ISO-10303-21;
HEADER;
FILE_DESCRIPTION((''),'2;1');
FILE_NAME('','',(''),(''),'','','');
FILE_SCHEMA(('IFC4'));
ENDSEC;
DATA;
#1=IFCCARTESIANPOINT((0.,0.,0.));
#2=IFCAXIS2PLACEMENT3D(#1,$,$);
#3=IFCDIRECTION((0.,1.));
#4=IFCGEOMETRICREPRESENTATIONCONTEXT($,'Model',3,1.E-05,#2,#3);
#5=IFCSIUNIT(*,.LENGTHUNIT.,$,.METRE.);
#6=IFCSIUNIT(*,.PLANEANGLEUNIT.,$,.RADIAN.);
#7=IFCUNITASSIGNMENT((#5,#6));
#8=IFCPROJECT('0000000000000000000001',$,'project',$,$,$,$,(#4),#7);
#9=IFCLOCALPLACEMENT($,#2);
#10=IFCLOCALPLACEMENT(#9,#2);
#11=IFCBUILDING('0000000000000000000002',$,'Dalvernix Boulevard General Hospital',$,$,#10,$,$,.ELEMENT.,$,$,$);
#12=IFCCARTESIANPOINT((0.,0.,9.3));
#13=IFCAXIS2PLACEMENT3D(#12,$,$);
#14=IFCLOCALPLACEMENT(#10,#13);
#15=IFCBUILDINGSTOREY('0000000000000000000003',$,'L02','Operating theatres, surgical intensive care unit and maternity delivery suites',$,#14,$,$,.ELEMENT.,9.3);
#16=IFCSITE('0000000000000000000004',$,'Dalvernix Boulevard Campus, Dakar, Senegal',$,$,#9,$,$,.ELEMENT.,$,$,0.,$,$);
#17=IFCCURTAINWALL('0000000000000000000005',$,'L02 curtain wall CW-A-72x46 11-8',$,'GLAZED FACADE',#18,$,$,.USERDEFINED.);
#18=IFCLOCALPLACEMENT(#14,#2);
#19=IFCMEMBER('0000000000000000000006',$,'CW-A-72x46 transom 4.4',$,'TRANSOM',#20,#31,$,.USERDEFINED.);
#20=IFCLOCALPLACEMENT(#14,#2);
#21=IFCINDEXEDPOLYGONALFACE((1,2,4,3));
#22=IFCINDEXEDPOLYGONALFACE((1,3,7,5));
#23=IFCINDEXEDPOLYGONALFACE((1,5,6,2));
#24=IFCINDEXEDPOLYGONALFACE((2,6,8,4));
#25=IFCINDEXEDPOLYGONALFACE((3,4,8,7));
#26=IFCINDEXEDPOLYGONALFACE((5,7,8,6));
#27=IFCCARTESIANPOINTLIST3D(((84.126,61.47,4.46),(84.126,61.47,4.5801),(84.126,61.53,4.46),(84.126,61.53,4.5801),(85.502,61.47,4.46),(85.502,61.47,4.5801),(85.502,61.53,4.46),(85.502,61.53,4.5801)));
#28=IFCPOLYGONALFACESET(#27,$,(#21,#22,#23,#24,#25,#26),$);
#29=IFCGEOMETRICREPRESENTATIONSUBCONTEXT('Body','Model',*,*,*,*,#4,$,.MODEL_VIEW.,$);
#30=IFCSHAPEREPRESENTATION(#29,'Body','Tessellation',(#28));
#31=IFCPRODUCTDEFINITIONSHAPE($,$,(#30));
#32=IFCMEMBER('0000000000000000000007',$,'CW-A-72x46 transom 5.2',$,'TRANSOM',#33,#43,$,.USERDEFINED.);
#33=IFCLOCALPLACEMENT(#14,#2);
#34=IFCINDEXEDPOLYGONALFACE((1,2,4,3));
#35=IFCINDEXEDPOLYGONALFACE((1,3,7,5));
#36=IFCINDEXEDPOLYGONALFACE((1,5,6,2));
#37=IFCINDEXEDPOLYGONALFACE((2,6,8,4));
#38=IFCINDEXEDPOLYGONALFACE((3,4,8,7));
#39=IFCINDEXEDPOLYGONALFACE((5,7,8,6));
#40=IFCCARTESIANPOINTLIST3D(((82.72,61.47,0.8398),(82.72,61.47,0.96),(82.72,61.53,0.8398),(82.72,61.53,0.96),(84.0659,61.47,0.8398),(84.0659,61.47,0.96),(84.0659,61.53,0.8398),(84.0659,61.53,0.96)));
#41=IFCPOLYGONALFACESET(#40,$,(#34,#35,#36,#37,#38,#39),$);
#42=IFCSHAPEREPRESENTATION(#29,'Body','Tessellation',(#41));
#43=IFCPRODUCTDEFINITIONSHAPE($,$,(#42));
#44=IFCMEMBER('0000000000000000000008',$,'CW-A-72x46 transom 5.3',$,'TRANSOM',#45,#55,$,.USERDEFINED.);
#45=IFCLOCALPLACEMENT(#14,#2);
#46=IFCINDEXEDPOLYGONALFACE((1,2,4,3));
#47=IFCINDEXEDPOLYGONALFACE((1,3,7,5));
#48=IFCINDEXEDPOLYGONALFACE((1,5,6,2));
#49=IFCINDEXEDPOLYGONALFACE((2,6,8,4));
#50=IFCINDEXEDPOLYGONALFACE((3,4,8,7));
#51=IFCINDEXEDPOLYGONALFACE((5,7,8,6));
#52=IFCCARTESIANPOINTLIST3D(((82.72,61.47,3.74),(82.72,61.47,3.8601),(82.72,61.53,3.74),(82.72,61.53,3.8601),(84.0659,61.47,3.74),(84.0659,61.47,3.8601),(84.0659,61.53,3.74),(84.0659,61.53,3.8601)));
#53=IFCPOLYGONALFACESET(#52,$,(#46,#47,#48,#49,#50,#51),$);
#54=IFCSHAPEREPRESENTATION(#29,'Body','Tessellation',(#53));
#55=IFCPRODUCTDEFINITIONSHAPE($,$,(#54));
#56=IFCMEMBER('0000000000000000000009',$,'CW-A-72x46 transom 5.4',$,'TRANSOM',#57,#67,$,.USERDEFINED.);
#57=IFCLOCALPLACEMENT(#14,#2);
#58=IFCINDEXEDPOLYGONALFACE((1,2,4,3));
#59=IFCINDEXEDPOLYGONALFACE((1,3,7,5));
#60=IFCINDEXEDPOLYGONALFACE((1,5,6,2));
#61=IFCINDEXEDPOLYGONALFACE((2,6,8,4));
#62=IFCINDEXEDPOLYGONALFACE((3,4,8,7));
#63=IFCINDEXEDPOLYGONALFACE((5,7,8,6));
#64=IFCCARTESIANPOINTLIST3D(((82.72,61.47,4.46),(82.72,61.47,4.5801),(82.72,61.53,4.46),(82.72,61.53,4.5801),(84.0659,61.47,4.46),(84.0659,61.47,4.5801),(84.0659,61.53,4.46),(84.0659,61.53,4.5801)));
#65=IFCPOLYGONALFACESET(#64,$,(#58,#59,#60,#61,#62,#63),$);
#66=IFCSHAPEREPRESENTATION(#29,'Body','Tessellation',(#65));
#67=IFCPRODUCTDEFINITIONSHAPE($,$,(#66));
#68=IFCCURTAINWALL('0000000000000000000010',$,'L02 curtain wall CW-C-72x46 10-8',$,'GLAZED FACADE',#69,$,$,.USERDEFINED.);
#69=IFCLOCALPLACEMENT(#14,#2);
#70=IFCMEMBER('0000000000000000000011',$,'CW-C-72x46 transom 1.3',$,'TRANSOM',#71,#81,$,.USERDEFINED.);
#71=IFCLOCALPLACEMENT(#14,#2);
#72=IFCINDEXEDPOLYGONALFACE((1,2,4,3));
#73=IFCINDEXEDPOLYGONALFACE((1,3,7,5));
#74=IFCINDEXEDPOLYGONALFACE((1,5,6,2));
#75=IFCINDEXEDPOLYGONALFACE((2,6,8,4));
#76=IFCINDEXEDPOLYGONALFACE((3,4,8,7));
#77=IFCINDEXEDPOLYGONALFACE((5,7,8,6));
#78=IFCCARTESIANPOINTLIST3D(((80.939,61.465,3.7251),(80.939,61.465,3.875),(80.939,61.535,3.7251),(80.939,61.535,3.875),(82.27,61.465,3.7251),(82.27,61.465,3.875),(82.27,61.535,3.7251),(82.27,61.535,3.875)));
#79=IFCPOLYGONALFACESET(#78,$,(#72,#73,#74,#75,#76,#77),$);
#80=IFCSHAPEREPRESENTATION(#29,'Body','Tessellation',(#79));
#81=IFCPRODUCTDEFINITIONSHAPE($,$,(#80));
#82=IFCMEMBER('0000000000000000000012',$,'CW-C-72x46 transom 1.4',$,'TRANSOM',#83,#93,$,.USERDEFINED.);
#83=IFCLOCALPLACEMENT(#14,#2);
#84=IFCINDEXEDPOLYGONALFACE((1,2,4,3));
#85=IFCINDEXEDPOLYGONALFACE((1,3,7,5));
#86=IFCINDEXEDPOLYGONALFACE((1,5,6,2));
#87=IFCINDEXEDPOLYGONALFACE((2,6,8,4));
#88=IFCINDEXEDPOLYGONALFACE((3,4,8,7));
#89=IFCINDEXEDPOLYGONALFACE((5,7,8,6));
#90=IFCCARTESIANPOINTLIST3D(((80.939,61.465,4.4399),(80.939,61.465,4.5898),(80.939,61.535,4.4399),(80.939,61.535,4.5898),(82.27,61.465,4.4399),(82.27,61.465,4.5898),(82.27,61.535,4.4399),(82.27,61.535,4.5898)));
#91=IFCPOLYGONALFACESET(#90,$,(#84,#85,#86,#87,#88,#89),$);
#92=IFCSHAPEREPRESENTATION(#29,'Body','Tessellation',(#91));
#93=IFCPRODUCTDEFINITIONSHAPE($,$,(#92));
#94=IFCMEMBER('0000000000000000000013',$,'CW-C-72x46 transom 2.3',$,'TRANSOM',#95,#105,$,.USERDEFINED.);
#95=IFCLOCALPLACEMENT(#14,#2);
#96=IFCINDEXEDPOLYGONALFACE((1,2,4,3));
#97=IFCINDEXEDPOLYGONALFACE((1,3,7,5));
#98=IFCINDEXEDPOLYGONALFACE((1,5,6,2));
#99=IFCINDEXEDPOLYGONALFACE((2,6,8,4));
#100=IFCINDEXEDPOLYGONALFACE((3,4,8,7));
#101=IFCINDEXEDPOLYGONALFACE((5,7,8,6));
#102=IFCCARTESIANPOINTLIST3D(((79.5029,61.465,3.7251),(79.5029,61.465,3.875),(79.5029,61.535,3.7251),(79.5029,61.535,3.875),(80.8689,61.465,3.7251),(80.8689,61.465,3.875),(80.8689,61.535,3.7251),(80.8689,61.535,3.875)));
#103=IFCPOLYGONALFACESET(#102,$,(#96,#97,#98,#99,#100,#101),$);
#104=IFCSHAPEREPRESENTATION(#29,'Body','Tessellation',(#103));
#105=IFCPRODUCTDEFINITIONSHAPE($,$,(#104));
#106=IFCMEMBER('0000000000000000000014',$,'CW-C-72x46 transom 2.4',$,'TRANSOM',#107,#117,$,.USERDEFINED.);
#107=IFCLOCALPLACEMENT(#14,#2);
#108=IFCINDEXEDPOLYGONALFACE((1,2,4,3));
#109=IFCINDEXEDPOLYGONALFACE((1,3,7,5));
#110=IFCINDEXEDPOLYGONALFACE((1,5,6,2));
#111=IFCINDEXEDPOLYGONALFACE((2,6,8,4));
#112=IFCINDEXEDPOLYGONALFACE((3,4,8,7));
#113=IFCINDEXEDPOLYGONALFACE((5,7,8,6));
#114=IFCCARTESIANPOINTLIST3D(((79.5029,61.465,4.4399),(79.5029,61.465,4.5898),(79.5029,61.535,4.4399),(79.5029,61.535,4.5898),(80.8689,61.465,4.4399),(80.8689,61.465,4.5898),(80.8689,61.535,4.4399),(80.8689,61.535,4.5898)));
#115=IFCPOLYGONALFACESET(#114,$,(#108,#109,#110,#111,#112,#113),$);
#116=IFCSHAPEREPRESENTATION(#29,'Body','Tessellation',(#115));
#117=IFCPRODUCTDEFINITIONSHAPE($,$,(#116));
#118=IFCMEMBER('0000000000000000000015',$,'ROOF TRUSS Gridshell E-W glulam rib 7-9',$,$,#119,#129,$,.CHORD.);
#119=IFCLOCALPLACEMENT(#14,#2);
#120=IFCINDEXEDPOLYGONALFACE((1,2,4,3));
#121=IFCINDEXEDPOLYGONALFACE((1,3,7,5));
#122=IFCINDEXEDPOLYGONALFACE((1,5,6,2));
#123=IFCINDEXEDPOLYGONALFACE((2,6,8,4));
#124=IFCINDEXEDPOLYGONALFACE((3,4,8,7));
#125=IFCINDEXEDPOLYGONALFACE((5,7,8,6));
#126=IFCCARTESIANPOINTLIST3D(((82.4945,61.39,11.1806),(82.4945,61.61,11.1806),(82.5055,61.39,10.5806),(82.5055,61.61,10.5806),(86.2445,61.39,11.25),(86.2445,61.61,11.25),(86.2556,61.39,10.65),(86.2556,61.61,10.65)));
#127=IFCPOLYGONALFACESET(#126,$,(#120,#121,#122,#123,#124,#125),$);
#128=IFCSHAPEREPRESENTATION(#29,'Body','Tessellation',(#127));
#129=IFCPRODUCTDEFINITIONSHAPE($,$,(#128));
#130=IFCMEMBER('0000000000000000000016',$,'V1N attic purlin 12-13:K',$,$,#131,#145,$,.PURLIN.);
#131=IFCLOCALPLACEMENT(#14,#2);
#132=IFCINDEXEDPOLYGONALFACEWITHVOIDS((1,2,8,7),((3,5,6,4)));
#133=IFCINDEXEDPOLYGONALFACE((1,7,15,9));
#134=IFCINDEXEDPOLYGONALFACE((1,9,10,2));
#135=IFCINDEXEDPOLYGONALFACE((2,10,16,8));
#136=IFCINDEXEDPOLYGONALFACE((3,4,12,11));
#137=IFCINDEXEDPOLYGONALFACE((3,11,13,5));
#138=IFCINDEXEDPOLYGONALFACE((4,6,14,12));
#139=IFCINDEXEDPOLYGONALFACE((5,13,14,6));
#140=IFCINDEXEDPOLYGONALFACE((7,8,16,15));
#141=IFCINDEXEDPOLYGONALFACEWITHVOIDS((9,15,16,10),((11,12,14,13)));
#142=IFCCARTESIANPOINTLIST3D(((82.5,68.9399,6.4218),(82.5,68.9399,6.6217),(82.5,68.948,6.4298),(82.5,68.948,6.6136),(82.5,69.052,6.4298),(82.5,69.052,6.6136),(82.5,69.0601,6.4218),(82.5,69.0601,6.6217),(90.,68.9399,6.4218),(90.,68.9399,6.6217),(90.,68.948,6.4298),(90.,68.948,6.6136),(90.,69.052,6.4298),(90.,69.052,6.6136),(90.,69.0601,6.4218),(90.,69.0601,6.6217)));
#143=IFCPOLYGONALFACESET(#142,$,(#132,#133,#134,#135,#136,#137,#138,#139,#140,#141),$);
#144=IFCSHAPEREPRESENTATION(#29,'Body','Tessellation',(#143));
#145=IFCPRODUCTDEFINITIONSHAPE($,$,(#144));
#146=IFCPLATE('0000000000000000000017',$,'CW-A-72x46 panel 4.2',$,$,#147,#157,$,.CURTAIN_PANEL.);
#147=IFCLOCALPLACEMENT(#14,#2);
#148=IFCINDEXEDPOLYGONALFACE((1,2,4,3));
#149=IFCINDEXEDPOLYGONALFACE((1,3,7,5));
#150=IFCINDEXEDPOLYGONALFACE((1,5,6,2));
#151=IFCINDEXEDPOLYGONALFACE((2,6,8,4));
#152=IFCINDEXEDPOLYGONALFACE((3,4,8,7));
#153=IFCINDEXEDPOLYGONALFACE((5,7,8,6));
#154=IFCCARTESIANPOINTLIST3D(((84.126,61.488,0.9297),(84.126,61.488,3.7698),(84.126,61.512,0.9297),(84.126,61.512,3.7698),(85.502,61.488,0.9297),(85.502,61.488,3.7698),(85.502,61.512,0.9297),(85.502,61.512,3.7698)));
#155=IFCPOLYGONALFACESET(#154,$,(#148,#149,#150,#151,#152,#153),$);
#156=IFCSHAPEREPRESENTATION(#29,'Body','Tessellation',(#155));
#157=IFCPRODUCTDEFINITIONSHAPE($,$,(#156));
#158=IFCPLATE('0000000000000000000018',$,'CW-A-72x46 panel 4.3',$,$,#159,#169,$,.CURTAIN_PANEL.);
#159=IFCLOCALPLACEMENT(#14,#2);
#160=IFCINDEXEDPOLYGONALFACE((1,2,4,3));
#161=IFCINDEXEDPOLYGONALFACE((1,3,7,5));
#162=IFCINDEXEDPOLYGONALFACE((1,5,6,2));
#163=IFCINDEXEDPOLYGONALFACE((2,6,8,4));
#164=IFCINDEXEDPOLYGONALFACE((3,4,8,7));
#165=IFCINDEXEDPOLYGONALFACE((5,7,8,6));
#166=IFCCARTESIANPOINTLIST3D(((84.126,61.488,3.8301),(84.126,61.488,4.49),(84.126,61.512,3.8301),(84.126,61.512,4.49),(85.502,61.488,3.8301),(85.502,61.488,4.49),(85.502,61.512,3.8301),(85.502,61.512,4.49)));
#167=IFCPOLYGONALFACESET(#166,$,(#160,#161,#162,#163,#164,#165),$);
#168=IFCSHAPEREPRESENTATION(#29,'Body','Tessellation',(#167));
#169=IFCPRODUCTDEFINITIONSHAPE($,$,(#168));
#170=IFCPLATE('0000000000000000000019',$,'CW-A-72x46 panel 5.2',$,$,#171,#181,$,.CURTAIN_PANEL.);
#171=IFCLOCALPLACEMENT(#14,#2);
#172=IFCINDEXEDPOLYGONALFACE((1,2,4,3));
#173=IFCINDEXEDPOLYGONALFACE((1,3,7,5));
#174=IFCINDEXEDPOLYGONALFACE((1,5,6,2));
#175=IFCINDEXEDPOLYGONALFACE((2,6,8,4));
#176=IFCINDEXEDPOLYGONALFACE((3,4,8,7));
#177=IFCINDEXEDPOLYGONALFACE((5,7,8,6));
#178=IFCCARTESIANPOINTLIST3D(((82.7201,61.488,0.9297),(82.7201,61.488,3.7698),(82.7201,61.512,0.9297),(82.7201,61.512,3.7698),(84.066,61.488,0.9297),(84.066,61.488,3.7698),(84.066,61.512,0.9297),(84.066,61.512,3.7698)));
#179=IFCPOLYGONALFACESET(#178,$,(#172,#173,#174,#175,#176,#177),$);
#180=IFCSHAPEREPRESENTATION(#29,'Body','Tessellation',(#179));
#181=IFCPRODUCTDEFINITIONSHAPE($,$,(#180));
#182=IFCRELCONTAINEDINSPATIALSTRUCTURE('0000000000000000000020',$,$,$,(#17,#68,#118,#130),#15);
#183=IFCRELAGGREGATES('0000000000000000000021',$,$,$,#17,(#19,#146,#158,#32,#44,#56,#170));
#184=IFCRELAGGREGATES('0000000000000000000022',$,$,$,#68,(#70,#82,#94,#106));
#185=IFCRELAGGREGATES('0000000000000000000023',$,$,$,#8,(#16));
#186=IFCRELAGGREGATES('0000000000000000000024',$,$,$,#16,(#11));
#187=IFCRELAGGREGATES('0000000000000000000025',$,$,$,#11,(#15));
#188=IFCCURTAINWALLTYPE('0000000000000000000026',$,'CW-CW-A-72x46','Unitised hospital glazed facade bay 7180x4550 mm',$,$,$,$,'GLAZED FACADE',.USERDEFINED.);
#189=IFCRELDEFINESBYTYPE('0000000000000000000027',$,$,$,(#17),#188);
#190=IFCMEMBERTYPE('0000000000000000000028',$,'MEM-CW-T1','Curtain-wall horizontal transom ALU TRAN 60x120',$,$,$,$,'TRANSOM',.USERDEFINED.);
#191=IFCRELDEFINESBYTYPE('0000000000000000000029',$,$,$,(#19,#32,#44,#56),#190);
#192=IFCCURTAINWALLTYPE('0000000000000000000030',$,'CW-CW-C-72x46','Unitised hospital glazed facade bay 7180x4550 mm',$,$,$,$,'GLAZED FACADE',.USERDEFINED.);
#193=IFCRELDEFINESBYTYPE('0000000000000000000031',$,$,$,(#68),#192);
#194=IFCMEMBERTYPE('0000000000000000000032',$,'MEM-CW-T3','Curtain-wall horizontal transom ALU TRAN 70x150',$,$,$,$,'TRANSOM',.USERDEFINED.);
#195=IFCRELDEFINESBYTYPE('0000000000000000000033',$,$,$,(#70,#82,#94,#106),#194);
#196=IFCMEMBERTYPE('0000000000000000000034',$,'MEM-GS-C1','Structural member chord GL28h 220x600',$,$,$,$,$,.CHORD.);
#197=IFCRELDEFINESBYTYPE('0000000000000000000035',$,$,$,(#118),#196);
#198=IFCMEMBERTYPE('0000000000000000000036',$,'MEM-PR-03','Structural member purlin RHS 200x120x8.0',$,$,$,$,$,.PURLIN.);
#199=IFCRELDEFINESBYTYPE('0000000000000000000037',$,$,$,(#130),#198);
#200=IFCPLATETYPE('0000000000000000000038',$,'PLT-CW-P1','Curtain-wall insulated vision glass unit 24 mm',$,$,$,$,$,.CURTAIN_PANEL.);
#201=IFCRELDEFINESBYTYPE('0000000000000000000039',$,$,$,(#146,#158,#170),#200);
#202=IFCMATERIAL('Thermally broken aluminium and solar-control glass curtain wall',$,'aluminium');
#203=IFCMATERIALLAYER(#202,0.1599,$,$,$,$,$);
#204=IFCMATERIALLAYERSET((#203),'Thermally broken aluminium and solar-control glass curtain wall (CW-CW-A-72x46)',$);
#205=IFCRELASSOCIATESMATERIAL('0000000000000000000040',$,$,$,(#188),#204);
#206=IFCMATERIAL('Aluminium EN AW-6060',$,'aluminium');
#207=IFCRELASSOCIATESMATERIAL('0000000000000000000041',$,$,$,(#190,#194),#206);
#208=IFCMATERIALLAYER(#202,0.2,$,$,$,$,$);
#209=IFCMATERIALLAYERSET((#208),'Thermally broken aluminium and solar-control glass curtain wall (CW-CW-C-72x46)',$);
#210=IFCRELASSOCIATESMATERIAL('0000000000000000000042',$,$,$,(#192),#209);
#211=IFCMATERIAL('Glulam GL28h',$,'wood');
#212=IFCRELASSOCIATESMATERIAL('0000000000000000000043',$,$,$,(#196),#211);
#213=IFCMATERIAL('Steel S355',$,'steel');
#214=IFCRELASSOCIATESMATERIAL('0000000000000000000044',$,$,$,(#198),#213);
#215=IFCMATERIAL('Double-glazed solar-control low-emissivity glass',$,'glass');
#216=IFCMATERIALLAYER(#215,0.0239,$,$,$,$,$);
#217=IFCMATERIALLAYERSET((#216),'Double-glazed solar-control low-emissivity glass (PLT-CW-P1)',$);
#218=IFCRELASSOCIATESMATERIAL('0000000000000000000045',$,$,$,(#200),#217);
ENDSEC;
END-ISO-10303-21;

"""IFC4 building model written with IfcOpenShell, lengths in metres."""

from ifc_helpers import new_model, si_unit, direction, frame, origin, origin_2d, place, context, subcontext, project, spatial, rectangle, hollow_rectangle, extrude, material, layer, layer_set, material_profile, profile_set, type_object, element, aggregate, save


model = new_model("IFC4")

# Units and contexts
model_context = context("Model", 3, precision=1e-05, world=origin(), true_north=direction((0.0, 1.0)))
body_context = subcontext(model_context, "Body", "Model", "MODEL_VIEW")
ifc_project = project(units=[si_unit("LENGTHUNIT", "METRE"), si_unit("PLANEANGLEUNIT", "RADIAN")], contexts=[model_context])

# Site, building, storey
site_placement = place(None, origin())
site = spatial("IfcSite", under=ifc_project, at=site_placement, Name="Dalvernix Boulevard Campus, Dakar, Senegal", CompositionType="ELEMENT", RefElevation=0.0)
building_placement = place(site_placement, origin())
building = spatial("IfcBuilding", under=site, at=building_placement, Name="Dalvernix Boulevard General Hospital", CompositionType="ELEMENT")
storey_placement = place(building_placement, frame((0.0, 0.0, 9.3)))
storey = spatial("IfcBuildingStorey", under=building, at=storey_placement, Name="L02", Description="Operating theatres, surgical intensive care unit and maternity delivery suites", CompositionType="ELEMENT", Elevation=9.3)

# Shared definitions
ifc_material_1 = material(Name="Steel S355", Category="steel")

# Curtain walls, members
ifc_material_2 = material(Name="Thermally broken aluminium and solar-control glass curtain wall", Category="aluminium")
ifc_layer_1 = layer(ifc_material_2, 0.1599)
ifc_layer_set_1 = layer_set([ifc_layer_1], Name="Thermally broken aluminium and solar-control glass curtain wall (CW-CW-A-72x46)")
curtain_wall_type_1 = type_object("IfcCurtainWallType", Name="CW-CW-A-72x46", Description="Unitised hospital glazed facade bay 7180x4550 mm", ElementType="GLAZED FACADE", PredefinedType="USERDEFINED", material=ifc_layer_set_1)
curtain_wall_1_placement = place(storey_placement, origin())
curtain_wall_1 = element("IfcCurtainWall", 1, at=curtain_wall_1_placement, inside=storey, type_object=curtain_wall_type_1, Name="L02 curtain wall CW-A-72x46 11-8", ObjectType="GLAZED FACADE", PredefinedType="USERDEFINED")
ifc_material_3 = material(Name="Aluminium EN AW-6060", Category="aluminium")
ifc_material_profile_1 = material_profile(ifc_material_3, rectangle(XDim=0.0601, YDim=0.1201, at=origin_2d()), Name="ALU TRAN 60x120")
ifc_profile_set_1 = profile_set([ifc_material_profile_1], Name="Aluminium EN AW-6060")
member_type_1 = type_object("IfcMemberType", Name="MEM-CW-T1", Description="Curtain-wall horizontal transom ALU TRAN 60x120", ElementType="TRANSOM", PredefinedType="USERDEFINED", material=ifc_profile_set_1)
member_1_placement = place(storey_placement, frame((85.502, 61.5, 4.52), z_axis=(-1.0, 0.0, 0.0), x_axis=(0.0, -1.0, 0.0)))
member_1 = element("IfcMember", 2, at=member_1_placement, type_object=member_type_1, Name="CW-A-72x46 transom 4.4", ObjectType="TRANSOM", PredefinedType="USERDEFINED", context=body_context, shape_type="SweptSolid", body=[
    extrude(rectangle(XDim=0.0601, YDim=0.1201, at=origin_2d()), origin(), (0.0, 0.0, 1.0), 1.376),
])
member_2_placement = place(storey_placement, frame((84.0659, 61.5, 0.8999), z_axis=(-1.0, 0.0, 0.0), x_axis=(0.0, -1.0, 0.0)))
member_2 = element("IfcMember", 3, at=member_2_placement, type_object=member_type_1, Name="CW-A-72x46 transom 5.2", ObjectType="TRANSOM", PredefinedType="USERDEFINED", context=body_context, shape_type="SweptSolid", body=[
    extrude(rectangle(XDim=0.0601, YDim=0.1201, at=origin_2d()), origin(), (0.0, 0.0, 1.0), 1.3459),
])
member_3_placement = place(storey_placement, frame((84.0659, 61.5, 3.8), z_axis=(-1.0, 0.0, 0.0), x_axis=(0.0, -1.0, 0.0)))
member_3 = element("IfcMember", 4, at=member_3_placement, type_object=member_type_1, Name="CW-A-72x46 transom 5.3", ObjectType="TRANSOM", PredefinedType="USERDEFINED", context=body_context, shape_type="SweptSolid", body=[
    extrude(rectangle(XDim=0.0601, YDim=0.1201, at=origin_2d()), origin(), (0.0, 0.0, 1.0), 1.3459),
])
member_4_placement = place(storey_placement, frame((84.0659, 61.5, 4.52), z_axis=(-1.0, 0.0, 0.0), x_axis=(0.0, -1.0, 0.0)))
member_4 = element("IfcMember", 5, at=member_4_placement, type_object=member_type_1, Name="CW-A-72x46 transom 5.4", ObjectType="TRANSOM", PredefinedType="USERDEFINED", context=body_context, shape_type="SweptSolid", body=[
    extrude(rectangle(XDim=0.0601, YDim=0.1201, at=origin_2d()), origin(), (0.0, 0.0, 1.0), 1.3459),
])
ifc_layer_2 = layer(ifc_material_2, 0.2)
ifc_layer_set_2 = layer_set([ifc_layer_2], Name="Thermally broken aluminium and solar-control glass curtain wall (CW-CW-C-72x46)")
curtain_wall_type_2 = type_object("IfcCurtainWallType", Name="CW-CW-C-72x46", Description="Unitised hospital glazed facade bay 7180x4550 mm", ElementType="GLAZED FACADE", PredefinedType="USERDEFINED", material=ifc_layer_set_2)
curtain_wall_2_placement = place(storey_placement, origin())
curtain_wall_2 = element("IfcCurtainWall", 6, at=curtain_wall_2_placement, inside=storey, type_object=curtain_wall_type_2, Name="L02 curtain wall CW-C-72x46 10-8", ObjectType="GLAZED FACADE", PredefinedType="USERDEFINED")
ifc_material_profile_2 = material_profile(ifc_material_3, rectangle(XDim=0.0701, YDim=0.1499, at=origin_2d()), Name="ALU TRAN 70x150")
ifc_profile_set_2 = profile_set([ifc_material_profile_2], Name="Aluminium EN AW-6060")
member_type_2 = type_object("IfcMemberType", Name="MEM-CW-T3", Description="Curtain-wall horizontal transom ALU TRAN 70x150", ElementType="TRANSOM", PredefinedType="USERDEFINED", material=ifc_profile_set_2)
member_5_placement = place(storey_placement, frame((82.27, 61.5, 3.8), z_axis=(-1.0, 0.0, 0.0), x_axis=(0.0, -1.0, 0.0)))
member_5 = element("IfcMember", 7, at=member_5_placement, type_object=member_type_2, Name="CW-C-72x46 transom 1.3", ObjectType="TRANSOM", PredefinedType="USERDEFINED", context=body_context, shape_type="SweptSolid", body=[
    extrude(rectangle(XDim=0.0701, YDim=0.1499, at=origin_2d()), origin(), (0.0, 0.0, 1.0), 1.3311),
])
member_6_placement = place(storey_placement, frame((82.27, 61.5, 4.5149), z_axis=(-1.0, 0.0, 0.0), x_axis=(0.0, -1.0, 0.0)))
member_6 = element("IfcMember", 8, at=member_6_placement, type_object=member_type_2, Name="CW-C-72x46 transom 1.4", ObjectType="TRANSOM", PredefinedType="USERDEFINED", context=body_context, shape_type="SweptSolid", body=[
    extrude(rectangle(XDim=0.0701, YDim=0.1499, at=origin_2d()), origin(), (0.0, 0.0, 1.0), 1.3311),
])
member_7_placement = place(storey_placement, frame((80.8689, 61.5, 3.8), z_axis=(-1.0, 0.0, 0.0), x_axis=(0.0, -1.0, 0.0)))
member_7 = element("IfcMember", 9, at=member_7_placement, type_object=member_type_2, Name="CW-C-72x46 transom 2.3", ObjectType="TRANSOM", PredefinedType="USERDEFINED", context=body_context, shape_type="SweptSolid", body=[
    extrude(rectangle(XDim=0.0701, YDim=0.1499, at=origin_2d()), origin(), (0.0, 0.0, 1.0), 1.366),
])
member_8_placement = place(storey_placement, frame((80.8689, 61.5, 4.5149), z_axis=(-1.0, 0.0, 0.0), x_axis=(0.0, -1.0, 0.0)))
member_8 = element("IfcMember", 10, at=member_8_placement, type_object=member_type_2, Name="CW-C-72x46 transom 2.4", ObjectType="TRANSOM", PredefinedType="USERDEFINED", context=body_context, shape_type="SweptSolid", body=[
    extrude(rectangle(XDim=0.0701, YDim=0.1499, at=origin_2d()), origin(), (0.0, 0.0, 1.0), 1.366),
])

# Members
ifc_material_4 = material(Name="Glulam GL28h", Category="wood")
ifc_material_profile_3 = material_profile(ifc_material_4, rectangle(XDim=0.22, YDim=0.6001, at=origin_2d()), Name="GL28h 220x600")
ifc_profile_set_3 = profile_set([ifc_material_profile_3], Name="Glulam GL28h")
member_type_3 = type_object("IfcMemberType", Name="MEM-GS-C1", Description="Structural member chord GL28h 220x600", PredefinedType="CHORD", material=ifc_profile_set_3)
member_9_placement = place(storey_placement, frame((82.5, 61.5, 10.8806), z_axis=(0.999829, 0.0, 0.018486), x_axis=(0.0, 1.0, 0.0)))
element("IfcMember", 11, at=member_9_placement, inside=storey, type_object=member_type_3, Name="ROOF TRUSS Gridshell E-W glulam rib 7-9", PredefinedType="CHORD", context=body_context, shape_type="SweptSolid", body=[
    extrude(rectangle(XDim=0.22, YDim=0.6001, at=origin_2d()), origin(), (0.0, 0.0, 1.0), 3.7507),
])
ifc_material_profile_4 = material_profile(ifc_material_1, hollow_rectangle(XDim=0.1201, YDim=0.2, WallThickness=0.0081, at=origin_2d()), Name="RHS 200x120x8.0")
ifc_profile_set_4 = profile_set([ifc_material_profile_4], Name="Steel S355")
member_type_4 = type_object("IfcMemberType", Name="MEM-PR-03", Description="Structural member purlin RHS 200x120x8.0", PredefinedType="PURLIN", material=ifc_profile_set_4)
member_10_placement = place(storey_placement, frame((82.5, 69.0, 6.5217), z_axis=(1.0, 0.0, 0.0), x_axis=(0.0, 1.0, 0.0)))
element("IfcMember", 12, at=member_10_placement, inside=storey, type_object=member_type_4, Name="V1N attic purlin 12-13:K", PredefinedType="PURLIN", context=body_context, shape_type="SweptSolid", body=[
    extrude(hollow_rectangle(XDim=0.1201, YDim=0.2, WallThickness=0.0081, at=origin_2d()), origin(), (0.0, 0.0, 1.0), 7.5),
])

# Plates
ifc_material_5 = material(Name="Double-glazed solar-control low-emissivity glass", Category="glass")
ifc_layer_3 = layer(ifc_material_5, 0.0239)
ifc_layer_set_3 = layer_set([ifc_layer_3], Name="Double-glazed solar-control low-emissivity glass (PLT-CW-P1)")
plate_type_1 = type_object("IfcPlateType", Name="PLT-CW-P1", Description="Curtain-wall insulated vision glass unit 24 mm", PredefinedType="CURTAIN_PANEL", material=ifc_layer_set_3)
plate_1_placement = place(storey_placement, frame((84.814, 61.5, 0.9297), z_axis=(0.0, 0.0, 1.0), x_axis=(-1.0, 0.0, 0.0)))
plate_1 = element("IfcPlate", 13, at=plate_1_placement, type_object=plate_type_1, Name="CW-A-72x46 panel 4.2", PredefinedType="CURTAIN_PANEL", context=body_context, shape_type="SweptSolid", body=[
    extrude(rectangle(XDim=1.376, YDim=0.0239, at=origin_2d()), origin(), (0.0, 0.0, 1.0), 2.8401),
])
plate_2_placement = place(storey_placement, frame((84.814, 61.5, 3.8301), z_axis=(0.0, 0.0, 1.0), x_axis=(-1.0, 0.0, 0.0)))
plate_2 = element("IfcPlate", 14, at=plate_2_placement, type_object=plate_type_1, Name="CW-A-72x46 panel 4.3", PredefinedType="CURTAIN_PANEL", context=body_context, shape_type="SweptSolid", body=[
    extrude(rectangle(XDim=1.376, YDim=0.0239, at=origin_2d()), origin(), (0.0, 0.0, 1.0), 0.6599),
])
plate_3_placement = place(storey_placement, frame((83.3931, 61.5, 0.9297), z_axis=(0.0, 0.0, 1.0), x_axis=(-1.0, 0.0, 0.0)))
plate_3 = element("IfcPlate", 15, at=plate_3_placement, type_object=plate_type_1, Name="CW-A-72x46 panel 5.2", PredefinedType="CURTAIN_PANEL", context=body_context, shape_type="SweptSolid", body=[
    extrude(rectangle(XDim=1.3459, YDim=0.0239, at=origin_2d()), origin(), (0.0, 0.0, 1.0), 2.8401),
])
aggregate(curtain_wall_1, [member_1, plate_1, plate_2, member_2, member_3, member_4, plate_3])
aggregate(curtain_wall_2, [member_5, member_6, member_7, member_8])

save(model, "model.ifc")
